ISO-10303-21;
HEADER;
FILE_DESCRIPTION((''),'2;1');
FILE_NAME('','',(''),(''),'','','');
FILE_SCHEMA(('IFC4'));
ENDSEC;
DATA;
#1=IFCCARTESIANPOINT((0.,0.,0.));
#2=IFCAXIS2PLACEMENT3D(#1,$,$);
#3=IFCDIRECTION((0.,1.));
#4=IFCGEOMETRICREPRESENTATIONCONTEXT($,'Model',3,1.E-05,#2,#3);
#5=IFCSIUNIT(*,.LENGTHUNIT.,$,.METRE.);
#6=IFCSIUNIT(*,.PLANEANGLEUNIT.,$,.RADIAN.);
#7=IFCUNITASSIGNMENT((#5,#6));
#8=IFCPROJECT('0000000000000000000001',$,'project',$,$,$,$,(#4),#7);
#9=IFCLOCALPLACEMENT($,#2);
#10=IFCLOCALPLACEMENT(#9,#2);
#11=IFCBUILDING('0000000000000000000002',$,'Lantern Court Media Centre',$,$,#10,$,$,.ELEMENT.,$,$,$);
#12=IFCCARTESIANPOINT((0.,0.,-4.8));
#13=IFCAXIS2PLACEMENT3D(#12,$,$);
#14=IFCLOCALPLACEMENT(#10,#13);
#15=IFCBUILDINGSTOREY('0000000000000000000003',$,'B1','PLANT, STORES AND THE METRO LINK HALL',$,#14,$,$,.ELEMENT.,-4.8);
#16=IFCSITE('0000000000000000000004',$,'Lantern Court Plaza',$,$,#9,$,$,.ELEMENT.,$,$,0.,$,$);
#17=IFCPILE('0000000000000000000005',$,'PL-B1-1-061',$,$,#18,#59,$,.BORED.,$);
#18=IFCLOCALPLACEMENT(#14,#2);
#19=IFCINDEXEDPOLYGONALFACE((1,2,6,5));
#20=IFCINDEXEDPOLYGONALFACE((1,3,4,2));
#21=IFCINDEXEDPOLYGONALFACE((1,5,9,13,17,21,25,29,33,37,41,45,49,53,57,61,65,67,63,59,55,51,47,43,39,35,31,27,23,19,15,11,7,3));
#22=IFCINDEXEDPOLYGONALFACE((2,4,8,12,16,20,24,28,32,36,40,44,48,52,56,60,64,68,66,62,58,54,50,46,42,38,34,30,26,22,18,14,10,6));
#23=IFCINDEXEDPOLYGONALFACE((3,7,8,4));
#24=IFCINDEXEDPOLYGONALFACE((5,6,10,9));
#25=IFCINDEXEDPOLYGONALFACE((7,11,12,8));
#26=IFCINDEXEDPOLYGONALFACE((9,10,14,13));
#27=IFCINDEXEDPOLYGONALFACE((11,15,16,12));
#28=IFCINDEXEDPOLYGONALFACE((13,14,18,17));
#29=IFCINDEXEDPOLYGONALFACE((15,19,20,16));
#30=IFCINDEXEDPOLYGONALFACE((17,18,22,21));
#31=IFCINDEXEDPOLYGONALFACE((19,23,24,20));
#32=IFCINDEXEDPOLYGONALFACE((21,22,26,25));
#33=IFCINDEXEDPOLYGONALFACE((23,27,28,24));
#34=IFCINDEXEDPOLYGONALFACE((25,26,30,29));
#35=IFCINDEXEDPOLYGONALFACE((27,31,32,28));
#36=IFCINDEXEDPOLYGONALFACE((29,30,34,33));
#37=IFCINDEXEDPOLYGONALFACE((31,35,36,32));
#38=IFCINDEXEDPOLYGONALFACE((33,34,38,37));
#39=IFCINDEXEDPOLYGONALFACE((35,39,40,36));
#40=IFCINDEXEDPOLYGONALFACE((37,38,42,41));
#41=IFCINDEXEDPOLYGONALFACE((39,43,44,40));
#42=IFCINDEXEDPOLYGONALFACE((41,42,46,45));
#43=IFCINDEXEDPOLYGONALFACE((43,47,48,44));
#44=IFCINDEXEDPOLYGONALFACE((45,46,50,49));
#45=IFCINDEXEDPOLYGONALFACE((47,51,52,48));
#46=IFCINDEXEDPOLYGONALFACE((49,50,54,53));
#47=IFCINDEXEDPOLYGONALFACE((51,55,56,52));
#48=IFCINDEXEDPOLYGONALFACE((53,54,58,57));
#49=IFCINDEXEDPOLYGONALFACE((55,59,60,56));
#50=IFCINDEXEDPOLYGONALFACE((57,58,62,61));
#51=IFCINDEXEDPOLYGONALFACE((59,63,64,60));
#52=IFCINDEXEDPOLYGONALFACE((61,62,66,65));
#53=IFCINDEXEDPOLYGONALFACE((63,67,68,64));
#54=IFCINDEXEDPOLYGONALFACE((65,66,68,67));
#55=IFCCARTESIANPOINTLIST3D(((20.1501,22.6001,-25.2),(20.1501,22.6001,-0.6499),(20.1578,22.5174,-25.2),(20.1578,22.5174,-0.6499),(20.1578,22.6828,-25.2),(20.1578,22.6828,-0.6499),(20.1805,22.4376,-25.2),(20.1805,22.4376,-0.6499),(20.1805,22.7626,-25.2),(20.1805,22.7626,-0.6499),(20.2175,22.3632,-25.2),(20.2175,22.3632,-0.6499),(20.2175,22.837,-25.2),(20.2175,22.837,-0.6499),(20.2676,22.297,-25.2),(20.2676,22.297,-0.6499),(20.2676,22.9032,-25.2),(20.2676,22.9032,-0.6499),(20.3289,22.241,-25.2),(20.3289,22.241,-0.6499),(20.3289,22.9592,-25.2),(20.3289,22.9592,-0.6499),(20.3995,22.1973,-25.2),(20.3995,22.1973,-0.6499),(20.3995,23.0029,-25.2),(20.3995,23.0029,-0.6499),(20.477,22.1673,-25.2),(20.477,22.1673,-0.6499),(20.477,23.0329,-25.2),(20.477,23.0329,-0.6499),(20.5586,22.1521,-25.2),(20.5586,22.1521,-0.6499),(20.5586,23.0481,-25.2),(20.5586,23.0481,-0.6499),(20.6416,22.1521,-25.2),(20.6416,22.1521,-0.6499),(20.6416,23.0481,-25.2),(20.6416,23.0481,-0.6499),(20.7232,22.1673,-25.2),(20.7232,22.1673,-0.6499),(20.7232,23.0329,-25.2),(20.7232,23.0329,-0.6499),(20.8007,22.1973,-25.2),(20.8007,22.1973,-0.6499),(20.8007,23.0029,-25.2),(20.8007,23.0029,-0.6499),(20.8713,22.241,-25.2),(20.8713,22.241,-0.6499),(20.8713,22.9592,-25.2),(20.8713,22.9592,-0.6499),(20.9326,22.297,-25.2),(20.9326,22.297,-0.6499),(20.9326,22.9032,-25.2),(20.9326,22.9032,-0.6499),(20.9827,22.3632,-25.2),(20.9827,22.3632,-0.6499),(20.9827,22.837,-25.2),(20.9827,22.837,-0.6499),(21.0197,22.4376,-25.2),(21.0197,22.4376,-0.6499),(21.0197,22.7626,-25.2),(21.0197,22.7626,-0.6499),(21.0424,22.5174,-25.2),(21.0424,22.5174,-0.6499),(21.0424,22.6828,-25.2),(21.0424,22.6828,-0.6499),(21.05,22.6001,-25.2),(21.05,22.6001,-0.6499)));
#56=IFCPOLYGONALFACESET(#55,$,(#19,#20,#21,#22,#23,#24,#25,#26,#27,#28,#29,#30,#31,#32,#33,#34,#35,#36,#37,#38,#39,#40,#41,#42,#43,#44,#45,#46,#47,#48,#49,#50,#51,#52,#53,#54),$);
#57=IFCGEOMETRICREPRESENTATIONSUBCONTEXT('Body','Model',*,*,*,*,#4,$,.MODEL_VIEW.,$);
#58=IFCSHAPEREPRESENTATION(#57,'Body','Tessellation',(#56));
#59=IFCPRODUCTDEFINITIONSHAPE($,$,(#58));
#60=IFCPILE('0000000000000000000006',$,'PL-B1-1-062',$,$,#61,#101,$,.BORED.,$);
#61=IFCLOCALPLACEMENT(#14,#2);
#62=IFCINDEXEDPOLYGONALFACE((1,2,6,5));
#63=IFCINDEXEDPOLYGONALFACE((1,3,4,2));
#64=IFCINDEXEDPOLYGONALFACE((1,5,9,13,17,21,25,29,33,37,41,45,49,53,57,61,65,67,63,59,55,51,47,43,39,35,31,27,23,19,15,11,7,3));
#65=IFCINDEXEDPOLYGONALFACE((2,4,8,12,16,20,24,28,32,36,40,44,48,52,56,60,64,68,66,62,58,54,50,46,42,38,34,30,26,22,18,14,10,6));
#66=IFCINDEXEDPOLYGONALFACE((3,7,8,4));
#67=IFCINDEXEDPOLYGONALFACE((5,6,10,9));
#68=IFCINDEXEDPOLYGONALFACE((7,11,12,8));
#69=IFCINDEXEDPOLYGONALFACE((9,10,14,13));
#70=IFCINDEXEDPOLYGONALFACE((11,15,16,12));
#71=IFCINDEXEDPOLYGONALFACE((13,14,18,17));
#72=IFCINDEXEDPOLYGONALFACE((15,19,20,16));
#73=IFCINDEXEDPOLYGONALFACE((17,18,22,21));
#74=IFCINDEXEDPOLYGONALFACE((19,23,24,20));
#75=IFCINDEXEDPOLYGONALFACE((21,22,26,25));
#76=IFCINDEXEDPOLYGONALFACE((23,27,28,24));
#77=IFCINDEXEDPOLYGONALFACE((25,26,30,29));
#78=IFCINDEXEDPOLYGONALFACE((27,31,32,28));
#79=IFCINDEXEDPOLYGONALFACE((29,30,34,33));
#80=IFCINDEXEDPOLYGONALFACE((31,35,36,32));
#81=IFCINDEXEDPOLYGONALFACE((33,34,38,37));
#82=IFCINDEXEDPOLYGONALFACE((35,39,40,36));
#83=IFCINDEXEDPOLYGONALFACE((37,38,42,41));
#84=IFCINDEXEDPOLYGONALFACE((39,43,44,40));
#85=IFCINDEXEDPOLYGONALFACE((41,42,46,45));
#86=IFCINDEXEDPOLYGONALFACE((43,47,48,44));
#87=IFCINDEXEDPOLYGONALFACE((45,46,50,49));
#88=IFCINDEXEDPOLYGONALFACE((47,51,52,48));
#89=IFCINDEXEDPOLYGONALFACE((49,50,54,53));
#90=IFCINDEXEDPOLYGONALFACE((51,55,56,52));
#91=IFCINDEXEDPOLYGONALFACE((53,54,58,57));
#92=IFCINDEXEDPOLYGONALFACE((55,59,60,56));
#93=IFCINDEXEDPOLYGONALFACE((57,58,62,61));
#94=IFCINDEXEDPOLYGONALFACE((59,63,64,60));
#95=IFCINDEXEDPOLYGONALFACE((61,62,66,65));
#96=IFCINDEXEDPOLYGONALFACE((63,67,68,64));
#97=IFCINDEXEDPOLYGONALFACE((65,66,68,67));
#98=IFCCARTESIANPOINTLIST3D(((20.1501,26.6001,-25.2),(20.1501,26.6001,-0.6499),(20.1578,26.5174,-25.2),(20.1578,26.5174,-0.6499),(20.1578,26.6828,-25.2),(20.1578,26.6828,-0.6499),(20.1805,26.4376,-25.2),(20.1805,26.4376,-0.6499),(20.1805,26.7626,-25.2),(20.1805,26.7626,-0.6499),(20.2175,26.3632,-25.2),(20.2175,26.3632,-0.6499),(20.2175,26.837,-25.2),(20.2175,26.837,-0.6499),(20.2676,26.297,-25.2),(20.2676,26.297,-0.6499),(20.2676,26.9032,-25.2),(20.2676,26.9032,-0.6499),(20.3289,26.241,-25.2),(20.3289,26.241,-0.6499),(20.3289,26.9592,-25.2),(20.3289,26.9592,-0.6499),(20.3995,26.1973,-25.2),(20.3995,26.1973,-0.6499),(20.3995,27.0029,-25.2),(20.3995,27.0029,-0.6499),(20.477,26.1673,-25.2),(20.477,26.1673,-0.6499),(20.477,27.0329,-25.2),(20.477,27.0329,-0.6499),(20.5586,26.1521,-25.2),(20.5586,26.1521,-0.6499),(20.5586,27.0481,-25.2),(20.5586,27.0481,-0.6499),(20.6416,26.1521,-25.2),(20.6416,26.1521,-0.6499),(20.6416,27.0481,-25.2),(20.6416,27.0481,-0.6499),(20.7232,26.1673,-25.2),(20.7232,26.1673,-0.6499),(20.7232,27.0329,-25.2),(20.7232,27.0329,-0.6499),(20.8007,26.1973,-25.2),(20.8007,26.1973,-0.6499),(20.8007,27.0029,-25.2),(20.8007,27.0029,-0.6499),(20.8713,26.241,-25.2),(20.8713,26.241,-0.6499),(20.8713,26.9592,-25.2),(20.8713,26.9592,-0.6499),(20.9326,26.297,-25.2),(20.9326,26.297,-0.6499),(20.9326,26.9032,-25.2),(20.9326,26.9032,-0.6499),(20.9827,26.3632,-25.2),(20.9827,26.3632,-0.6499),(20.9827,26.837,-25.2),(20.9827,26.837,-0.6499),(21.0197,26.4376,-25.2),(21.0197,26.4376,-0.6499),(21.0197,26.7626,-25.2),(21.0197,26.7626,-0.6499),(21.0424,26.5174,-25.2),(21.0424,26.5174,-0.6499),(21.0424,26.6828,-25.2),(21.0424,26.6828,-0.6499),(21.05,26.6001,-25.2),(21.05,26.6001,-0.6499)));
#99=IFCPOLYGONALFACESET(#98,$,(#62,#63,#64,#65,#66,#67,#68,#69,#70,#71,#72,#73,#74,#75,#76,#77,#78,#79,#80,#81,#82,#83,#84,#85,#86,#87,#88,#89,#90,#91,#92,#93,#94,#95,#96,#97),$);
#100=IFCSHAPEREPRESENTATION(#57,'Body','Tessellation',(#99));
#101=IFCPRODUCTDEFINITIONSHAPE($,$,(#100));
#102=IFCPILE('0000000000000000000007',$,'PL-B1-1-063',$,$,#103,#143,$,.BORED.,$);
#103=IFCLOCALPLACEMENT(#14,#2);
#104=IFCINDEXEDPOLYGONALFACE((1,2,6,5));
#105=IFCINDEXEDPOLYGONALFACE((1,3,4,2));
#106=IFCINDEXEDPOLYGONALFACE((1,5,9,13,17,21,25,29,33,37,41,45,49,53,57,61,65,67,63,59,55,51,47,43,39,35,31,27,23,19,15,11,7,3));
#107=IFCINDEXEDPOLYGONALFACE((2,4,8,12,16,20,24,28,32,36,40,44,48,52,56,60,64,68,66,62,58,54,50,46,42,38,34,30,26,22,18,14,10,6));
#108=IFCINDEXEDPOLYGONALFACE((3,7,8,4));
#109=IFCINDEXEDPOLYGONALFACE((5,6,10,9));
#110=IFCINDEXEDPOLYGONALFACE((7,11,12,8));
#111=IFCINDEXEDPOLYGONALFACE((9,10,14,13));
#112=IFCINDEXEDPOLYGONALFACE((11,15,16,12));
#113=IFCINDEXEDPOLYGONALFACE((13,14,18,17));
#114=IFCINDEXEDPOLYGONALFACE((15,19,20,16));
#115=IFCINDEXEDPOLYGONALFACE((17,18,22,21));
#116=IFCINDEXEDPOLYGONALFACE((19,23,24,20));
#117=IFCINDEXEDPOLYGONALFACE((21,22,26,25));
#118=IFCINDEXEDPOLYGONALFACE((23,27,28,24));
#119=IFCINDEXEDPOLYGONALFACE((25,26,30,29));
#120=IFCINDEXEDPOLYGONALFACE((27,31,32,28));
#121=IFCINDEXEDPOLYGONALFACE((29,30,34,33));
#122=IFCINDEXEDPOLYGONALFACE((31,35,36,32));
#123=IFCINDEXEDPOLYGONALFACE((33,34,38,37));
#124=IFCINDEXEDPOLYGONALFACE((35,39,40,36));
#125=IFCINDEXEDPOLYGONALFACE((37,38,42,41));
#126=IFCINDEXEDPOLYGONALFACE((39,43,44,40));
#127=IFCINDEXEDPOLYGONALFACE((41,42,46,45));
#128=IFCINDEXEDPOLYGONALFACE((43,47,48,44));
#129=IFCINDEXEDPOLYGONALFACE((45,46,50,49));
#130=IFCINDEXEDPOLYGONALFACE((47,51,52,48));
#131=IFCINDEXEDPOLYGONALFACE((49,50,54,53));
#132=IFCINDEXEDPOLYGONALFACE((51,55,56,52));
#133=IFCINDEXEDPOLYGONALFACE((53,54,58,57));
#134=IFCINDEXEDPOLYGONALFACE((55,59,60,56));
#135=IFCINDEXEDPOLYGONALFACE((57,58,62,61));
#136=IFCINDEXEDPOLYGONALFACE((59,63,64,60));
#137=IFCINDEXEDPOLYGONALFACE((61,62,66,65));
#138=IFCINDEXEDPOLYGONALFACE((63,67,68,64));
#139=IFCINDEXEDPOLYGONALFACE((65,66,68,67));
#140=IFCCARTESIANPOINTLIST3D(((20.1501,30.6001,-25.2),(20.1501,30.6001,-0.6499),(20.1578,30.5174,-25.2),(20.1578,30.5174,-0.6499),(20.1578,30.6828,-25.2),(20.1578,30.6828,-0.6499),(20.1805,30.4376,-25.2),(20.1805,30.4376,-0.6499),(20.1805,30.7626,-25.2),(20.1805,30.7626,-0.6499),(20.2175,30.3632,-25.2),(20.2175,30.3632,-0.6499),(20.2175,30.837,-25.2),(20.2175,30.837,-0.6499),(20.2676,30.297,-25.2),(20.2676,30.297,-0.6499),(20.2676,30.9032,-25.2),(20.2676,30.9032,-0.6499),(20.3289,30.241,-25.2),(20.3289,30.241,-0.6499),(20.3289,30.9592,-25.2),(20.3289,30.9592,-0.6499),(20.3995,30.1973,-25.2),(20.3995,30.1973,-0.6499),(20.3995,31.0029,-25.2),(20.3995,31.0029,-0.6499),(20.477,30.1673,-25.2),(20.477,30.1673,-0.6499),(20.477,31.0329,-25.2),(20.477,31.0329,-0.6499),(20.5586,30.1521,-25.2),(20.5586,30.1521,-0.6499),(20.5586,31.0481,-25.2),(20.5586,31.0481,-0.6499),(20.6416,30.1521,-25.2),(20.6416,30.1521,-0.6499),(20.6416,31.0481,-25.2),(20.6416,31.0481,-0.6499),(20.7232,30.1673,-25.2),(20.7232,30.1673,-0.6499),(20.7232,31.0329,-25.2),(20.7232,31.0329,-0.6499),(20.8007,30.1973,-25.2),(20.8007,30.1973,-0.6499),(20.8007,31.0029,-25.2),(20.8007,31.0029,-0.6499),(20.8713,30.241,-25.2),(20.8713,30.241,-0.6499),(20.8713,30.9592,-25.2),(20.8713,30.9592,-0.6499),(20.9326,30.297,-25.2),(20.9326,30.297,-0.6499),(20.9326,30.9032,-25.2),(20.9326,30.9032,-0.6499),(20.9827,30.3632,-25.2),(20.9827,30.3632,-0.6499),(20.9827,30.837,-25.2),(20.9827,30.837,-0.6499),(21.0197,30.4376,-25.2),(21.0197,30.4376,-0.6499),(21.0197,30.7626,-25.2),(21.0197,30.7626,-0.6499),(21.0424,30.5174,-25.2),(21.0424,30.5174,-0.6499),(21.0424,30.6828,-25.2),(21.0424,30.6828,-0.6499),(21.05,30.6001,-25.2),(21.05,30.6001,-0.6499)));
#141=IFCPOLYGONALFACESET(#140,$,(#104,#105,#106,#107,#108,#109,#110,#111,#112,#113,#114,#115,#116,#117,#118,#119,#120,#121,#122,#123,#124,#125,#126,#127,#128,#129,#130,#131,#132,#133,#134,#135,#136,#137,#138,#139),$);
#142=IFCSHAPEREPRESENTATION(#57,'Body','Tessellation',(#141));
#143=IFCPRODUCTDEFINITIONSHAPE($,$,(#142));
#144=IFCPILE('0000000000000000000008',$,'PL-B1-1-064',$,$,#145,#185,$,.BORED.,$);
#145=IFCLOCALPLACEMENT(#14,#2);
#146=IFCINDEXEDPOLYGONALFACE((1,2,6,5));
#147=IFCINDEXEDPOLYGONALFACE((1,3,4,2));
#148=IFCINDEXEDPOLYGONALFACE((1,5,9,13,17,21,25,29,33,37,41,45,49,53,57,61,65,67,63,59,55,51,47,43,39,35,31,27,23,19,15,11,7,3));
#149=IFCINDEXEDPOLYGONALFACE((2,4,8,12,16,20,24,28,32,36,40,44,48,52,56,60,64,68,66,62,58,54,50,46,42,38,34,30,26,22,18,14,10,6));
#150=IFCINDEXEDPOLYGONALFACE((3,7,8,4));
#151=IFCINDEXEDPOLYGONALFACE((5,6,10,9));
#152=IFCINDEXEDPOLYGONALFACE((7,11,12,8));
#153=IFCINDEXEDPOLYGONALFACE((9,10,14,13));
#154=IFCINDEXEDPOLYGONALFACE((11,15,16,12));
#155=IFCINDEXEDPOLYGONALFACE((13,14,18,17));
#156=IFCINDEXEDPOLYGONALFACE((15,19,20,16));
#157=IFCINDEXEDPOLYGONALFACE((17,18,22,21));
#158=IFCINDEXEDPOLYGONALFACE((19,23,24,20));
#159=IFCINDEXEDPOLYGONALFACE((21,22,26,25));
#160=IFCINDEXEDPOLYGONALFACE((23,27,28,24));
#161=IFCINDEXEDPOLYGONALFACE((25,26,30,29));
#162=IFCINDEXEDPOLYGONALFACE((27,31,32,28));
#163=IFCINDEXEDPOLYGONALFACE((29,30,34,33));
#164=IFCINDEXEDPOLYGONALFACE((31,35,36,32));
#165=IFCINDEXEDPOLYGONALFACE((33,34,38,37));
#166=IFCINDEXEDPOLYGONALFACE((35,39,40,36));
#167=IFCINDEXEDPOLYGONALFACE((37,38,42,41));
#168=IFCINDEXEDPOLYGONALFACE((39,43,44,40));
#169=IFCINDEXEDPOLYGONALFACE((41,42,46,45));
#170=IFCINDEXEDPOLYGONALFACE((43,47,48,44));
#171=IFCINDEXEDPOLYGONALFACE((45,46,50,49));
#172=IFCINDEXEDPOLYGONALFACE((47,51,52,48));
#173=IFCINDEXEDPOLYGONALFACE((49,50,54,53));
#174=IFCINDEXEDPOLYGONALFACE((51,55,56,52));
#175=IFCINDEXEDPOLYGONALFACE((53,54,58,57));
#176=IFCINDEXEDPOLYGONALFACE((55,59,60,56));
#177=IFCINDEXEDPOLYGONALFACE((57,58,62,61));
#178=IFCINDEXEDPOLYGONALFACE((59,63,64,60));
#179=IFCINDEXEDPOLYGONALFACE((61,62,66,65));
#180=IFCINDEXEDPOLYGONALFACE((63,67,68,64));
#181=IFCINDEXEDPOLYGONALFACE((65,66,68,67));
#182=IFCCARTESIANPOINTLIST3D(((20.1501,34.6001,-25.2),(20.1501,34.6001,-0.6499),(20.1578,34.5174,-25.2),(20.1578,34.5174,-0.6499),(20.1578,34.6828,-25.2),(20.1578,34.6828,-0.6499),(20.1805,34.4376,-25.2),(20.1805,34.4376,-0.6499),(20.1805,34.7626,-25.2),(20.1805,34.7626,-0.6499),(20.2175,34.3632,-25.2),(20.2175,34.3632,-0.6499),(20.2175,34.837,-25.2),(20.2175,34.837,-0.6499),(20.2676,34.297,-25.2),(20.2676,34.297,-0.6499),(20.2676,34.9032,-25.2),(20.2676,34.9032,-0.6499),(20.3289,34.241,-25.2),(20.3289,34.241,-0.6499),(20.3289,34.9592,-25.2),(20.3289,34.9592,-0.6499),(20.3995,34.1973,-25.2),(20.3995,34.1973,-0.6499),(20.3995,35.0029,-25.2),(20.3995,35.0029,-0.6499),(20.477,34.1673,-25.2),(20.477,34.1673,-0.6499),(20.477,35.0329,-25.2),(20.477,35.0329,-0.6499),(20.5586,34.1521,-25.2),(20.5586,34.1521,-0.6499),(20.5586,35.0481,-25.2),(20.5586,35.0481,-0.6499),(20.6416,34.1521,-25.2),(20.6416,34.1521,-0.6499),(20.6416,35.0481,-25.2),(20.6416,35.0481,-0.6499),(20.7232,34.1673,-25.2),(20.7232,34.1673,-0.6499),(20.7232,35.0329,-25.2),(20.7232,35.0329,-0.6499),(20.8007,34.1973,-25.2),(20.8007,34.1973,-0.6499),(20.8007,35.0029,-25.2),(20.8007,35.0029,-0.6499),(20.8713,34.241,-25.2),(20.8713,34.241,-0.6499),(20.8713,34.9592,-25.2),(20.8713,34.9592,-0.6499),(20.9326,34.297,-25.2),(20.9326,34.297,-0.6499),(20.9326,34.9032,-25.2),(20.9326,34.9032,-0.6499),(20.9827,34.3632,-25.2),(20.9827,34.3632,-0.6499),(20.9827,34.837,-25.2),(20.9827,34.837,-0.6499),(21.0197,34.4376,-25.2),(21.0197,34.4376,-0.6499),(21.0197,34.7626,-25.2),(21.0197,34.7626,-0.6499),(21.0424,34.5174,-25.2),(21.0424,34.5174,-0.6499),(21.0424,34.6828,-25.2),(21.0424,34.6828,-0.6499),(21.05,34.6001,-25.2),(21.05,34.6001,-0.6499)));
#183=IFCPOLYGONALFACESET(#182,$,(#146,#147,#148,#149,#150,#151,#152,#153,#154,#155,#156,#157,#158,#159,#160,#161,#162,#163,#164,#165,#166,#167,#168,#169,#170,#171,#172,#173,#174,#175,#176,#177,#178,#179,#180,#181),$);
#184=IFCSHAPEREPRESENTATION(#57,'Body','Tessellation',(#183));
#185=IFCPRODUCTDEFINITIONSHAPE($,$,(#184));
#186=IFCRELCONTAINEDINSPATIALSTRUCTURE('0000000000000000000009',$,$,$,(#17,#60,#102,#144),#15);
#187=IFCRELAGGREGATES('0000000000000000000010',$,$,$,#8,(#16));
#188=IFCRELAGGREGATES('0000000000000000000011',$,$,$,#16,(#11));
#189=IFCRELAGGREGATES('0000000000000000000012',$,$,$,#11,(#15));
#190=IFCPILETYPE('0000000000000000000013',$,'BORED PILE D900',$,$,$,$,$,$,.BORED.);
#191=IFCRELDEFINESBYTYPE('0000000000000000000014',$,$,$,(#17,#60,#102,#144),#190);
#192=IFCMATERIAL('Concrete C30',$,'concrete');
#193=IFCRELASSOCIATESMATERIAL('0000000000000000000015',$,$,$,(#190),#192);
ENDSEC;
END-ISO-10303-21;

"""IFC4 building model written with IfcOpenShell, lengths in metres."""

from ifc_helpers import new_model, si_unit, direction, frame, origin, origin_2d, place, context, subcontext, project, spatial, circle, extrude, material, material_profile, profile_set, type_object, element, save


model = new_model("IFC4")

# Units and contexts
model_context = context("Model", 3, precision=1e-05, world=origin(), true_north=direction((0.0, 1.0)))
body_context = subcontext(model_context, "Body", "Model", "MODEL_VIEW")
ifc_project = project(units=[si_unit("LENGTHUNIT", "METRE"), si_unit("PLANEANGLEUNIT", "RADIAN")], contexts=[model_context])

# Site, building, storey
site_placement = place(None, origin())
site = spatial("IfcSite", under=ifc_project, at=site_placement, Name="Lantern Court Plaza", CompositionType="ELEMENT", RefElevation=0.0)
building_placement = place(site_placement, origin())
building = spatial("IfcBuilding", under=site, at=building_placement, Name="Lantern Court Media Centre", CompositionType="ELEMENT")
storey_placement = place(building_placement, frame((0.0, 0.0, -4.8)))
storey = spatial("IfcBuildingStorey", under=building, at=storey_placement, Name="B1", Description="PLANT, STORES AND THE METRO LINK HALL", CompositionType="ELEMENT", Elevation=-4.8)

# Piles
ifc_material_1 = material(Name="Concrete C30", Category="concrete")
ifc_material_profile_1 = material_profile(ifc_material_1, circle(Radius=0.45, at=origin_2d()), Name="D900")
ifc_profile_set_1 = profile_set([ifc_material_profile_1], Name="Concrete C30")
pile_type = type_object("IfcPileType", Name="BORED PILE D900", PredefinedType="BORED", material=ifc_profile_set_1)
for number, where, z_axis, x_axis, name in (
    (1, (20.6001, 22.6001, -0.6499), (0.0, 0.0, -1.0), (1.0, 0.0, 0.0), "PL-B1-1-061"),
    (2, (20.6001, 26.6001, -0.6499), (0.0, 0.0, -1.0), (1.0, 0.0, 0.0), "PL-B1-1-062"),
    (3, (20.6001, 30.6001, -0.6499), (0.0, 0.0, -1.0), (1.0, 0.0, 0.0), "PL-B1-1-063"),
    (4, (20.6001, 34.6001, -0.6499), (0.0, 0.0, -1.0), (1.0, 0.0, 0.0), "PL-B1-1-064"),
):
    element("IfcPile", number, at=place(storey_placement, frame(where, z_axis=z_axis, x_axis=x_axis)), inside=storey, type_object=pile_type, Name=name, PredefinedType="BORED", context=body_context, shape_type="SweptSolid", body=[
        extrude(circle(Radius=0.45, at=origin_2d()), origin(), (0.0, 0.0, 1.0), 24.55),
    ])

save(model, "model.ifc")
